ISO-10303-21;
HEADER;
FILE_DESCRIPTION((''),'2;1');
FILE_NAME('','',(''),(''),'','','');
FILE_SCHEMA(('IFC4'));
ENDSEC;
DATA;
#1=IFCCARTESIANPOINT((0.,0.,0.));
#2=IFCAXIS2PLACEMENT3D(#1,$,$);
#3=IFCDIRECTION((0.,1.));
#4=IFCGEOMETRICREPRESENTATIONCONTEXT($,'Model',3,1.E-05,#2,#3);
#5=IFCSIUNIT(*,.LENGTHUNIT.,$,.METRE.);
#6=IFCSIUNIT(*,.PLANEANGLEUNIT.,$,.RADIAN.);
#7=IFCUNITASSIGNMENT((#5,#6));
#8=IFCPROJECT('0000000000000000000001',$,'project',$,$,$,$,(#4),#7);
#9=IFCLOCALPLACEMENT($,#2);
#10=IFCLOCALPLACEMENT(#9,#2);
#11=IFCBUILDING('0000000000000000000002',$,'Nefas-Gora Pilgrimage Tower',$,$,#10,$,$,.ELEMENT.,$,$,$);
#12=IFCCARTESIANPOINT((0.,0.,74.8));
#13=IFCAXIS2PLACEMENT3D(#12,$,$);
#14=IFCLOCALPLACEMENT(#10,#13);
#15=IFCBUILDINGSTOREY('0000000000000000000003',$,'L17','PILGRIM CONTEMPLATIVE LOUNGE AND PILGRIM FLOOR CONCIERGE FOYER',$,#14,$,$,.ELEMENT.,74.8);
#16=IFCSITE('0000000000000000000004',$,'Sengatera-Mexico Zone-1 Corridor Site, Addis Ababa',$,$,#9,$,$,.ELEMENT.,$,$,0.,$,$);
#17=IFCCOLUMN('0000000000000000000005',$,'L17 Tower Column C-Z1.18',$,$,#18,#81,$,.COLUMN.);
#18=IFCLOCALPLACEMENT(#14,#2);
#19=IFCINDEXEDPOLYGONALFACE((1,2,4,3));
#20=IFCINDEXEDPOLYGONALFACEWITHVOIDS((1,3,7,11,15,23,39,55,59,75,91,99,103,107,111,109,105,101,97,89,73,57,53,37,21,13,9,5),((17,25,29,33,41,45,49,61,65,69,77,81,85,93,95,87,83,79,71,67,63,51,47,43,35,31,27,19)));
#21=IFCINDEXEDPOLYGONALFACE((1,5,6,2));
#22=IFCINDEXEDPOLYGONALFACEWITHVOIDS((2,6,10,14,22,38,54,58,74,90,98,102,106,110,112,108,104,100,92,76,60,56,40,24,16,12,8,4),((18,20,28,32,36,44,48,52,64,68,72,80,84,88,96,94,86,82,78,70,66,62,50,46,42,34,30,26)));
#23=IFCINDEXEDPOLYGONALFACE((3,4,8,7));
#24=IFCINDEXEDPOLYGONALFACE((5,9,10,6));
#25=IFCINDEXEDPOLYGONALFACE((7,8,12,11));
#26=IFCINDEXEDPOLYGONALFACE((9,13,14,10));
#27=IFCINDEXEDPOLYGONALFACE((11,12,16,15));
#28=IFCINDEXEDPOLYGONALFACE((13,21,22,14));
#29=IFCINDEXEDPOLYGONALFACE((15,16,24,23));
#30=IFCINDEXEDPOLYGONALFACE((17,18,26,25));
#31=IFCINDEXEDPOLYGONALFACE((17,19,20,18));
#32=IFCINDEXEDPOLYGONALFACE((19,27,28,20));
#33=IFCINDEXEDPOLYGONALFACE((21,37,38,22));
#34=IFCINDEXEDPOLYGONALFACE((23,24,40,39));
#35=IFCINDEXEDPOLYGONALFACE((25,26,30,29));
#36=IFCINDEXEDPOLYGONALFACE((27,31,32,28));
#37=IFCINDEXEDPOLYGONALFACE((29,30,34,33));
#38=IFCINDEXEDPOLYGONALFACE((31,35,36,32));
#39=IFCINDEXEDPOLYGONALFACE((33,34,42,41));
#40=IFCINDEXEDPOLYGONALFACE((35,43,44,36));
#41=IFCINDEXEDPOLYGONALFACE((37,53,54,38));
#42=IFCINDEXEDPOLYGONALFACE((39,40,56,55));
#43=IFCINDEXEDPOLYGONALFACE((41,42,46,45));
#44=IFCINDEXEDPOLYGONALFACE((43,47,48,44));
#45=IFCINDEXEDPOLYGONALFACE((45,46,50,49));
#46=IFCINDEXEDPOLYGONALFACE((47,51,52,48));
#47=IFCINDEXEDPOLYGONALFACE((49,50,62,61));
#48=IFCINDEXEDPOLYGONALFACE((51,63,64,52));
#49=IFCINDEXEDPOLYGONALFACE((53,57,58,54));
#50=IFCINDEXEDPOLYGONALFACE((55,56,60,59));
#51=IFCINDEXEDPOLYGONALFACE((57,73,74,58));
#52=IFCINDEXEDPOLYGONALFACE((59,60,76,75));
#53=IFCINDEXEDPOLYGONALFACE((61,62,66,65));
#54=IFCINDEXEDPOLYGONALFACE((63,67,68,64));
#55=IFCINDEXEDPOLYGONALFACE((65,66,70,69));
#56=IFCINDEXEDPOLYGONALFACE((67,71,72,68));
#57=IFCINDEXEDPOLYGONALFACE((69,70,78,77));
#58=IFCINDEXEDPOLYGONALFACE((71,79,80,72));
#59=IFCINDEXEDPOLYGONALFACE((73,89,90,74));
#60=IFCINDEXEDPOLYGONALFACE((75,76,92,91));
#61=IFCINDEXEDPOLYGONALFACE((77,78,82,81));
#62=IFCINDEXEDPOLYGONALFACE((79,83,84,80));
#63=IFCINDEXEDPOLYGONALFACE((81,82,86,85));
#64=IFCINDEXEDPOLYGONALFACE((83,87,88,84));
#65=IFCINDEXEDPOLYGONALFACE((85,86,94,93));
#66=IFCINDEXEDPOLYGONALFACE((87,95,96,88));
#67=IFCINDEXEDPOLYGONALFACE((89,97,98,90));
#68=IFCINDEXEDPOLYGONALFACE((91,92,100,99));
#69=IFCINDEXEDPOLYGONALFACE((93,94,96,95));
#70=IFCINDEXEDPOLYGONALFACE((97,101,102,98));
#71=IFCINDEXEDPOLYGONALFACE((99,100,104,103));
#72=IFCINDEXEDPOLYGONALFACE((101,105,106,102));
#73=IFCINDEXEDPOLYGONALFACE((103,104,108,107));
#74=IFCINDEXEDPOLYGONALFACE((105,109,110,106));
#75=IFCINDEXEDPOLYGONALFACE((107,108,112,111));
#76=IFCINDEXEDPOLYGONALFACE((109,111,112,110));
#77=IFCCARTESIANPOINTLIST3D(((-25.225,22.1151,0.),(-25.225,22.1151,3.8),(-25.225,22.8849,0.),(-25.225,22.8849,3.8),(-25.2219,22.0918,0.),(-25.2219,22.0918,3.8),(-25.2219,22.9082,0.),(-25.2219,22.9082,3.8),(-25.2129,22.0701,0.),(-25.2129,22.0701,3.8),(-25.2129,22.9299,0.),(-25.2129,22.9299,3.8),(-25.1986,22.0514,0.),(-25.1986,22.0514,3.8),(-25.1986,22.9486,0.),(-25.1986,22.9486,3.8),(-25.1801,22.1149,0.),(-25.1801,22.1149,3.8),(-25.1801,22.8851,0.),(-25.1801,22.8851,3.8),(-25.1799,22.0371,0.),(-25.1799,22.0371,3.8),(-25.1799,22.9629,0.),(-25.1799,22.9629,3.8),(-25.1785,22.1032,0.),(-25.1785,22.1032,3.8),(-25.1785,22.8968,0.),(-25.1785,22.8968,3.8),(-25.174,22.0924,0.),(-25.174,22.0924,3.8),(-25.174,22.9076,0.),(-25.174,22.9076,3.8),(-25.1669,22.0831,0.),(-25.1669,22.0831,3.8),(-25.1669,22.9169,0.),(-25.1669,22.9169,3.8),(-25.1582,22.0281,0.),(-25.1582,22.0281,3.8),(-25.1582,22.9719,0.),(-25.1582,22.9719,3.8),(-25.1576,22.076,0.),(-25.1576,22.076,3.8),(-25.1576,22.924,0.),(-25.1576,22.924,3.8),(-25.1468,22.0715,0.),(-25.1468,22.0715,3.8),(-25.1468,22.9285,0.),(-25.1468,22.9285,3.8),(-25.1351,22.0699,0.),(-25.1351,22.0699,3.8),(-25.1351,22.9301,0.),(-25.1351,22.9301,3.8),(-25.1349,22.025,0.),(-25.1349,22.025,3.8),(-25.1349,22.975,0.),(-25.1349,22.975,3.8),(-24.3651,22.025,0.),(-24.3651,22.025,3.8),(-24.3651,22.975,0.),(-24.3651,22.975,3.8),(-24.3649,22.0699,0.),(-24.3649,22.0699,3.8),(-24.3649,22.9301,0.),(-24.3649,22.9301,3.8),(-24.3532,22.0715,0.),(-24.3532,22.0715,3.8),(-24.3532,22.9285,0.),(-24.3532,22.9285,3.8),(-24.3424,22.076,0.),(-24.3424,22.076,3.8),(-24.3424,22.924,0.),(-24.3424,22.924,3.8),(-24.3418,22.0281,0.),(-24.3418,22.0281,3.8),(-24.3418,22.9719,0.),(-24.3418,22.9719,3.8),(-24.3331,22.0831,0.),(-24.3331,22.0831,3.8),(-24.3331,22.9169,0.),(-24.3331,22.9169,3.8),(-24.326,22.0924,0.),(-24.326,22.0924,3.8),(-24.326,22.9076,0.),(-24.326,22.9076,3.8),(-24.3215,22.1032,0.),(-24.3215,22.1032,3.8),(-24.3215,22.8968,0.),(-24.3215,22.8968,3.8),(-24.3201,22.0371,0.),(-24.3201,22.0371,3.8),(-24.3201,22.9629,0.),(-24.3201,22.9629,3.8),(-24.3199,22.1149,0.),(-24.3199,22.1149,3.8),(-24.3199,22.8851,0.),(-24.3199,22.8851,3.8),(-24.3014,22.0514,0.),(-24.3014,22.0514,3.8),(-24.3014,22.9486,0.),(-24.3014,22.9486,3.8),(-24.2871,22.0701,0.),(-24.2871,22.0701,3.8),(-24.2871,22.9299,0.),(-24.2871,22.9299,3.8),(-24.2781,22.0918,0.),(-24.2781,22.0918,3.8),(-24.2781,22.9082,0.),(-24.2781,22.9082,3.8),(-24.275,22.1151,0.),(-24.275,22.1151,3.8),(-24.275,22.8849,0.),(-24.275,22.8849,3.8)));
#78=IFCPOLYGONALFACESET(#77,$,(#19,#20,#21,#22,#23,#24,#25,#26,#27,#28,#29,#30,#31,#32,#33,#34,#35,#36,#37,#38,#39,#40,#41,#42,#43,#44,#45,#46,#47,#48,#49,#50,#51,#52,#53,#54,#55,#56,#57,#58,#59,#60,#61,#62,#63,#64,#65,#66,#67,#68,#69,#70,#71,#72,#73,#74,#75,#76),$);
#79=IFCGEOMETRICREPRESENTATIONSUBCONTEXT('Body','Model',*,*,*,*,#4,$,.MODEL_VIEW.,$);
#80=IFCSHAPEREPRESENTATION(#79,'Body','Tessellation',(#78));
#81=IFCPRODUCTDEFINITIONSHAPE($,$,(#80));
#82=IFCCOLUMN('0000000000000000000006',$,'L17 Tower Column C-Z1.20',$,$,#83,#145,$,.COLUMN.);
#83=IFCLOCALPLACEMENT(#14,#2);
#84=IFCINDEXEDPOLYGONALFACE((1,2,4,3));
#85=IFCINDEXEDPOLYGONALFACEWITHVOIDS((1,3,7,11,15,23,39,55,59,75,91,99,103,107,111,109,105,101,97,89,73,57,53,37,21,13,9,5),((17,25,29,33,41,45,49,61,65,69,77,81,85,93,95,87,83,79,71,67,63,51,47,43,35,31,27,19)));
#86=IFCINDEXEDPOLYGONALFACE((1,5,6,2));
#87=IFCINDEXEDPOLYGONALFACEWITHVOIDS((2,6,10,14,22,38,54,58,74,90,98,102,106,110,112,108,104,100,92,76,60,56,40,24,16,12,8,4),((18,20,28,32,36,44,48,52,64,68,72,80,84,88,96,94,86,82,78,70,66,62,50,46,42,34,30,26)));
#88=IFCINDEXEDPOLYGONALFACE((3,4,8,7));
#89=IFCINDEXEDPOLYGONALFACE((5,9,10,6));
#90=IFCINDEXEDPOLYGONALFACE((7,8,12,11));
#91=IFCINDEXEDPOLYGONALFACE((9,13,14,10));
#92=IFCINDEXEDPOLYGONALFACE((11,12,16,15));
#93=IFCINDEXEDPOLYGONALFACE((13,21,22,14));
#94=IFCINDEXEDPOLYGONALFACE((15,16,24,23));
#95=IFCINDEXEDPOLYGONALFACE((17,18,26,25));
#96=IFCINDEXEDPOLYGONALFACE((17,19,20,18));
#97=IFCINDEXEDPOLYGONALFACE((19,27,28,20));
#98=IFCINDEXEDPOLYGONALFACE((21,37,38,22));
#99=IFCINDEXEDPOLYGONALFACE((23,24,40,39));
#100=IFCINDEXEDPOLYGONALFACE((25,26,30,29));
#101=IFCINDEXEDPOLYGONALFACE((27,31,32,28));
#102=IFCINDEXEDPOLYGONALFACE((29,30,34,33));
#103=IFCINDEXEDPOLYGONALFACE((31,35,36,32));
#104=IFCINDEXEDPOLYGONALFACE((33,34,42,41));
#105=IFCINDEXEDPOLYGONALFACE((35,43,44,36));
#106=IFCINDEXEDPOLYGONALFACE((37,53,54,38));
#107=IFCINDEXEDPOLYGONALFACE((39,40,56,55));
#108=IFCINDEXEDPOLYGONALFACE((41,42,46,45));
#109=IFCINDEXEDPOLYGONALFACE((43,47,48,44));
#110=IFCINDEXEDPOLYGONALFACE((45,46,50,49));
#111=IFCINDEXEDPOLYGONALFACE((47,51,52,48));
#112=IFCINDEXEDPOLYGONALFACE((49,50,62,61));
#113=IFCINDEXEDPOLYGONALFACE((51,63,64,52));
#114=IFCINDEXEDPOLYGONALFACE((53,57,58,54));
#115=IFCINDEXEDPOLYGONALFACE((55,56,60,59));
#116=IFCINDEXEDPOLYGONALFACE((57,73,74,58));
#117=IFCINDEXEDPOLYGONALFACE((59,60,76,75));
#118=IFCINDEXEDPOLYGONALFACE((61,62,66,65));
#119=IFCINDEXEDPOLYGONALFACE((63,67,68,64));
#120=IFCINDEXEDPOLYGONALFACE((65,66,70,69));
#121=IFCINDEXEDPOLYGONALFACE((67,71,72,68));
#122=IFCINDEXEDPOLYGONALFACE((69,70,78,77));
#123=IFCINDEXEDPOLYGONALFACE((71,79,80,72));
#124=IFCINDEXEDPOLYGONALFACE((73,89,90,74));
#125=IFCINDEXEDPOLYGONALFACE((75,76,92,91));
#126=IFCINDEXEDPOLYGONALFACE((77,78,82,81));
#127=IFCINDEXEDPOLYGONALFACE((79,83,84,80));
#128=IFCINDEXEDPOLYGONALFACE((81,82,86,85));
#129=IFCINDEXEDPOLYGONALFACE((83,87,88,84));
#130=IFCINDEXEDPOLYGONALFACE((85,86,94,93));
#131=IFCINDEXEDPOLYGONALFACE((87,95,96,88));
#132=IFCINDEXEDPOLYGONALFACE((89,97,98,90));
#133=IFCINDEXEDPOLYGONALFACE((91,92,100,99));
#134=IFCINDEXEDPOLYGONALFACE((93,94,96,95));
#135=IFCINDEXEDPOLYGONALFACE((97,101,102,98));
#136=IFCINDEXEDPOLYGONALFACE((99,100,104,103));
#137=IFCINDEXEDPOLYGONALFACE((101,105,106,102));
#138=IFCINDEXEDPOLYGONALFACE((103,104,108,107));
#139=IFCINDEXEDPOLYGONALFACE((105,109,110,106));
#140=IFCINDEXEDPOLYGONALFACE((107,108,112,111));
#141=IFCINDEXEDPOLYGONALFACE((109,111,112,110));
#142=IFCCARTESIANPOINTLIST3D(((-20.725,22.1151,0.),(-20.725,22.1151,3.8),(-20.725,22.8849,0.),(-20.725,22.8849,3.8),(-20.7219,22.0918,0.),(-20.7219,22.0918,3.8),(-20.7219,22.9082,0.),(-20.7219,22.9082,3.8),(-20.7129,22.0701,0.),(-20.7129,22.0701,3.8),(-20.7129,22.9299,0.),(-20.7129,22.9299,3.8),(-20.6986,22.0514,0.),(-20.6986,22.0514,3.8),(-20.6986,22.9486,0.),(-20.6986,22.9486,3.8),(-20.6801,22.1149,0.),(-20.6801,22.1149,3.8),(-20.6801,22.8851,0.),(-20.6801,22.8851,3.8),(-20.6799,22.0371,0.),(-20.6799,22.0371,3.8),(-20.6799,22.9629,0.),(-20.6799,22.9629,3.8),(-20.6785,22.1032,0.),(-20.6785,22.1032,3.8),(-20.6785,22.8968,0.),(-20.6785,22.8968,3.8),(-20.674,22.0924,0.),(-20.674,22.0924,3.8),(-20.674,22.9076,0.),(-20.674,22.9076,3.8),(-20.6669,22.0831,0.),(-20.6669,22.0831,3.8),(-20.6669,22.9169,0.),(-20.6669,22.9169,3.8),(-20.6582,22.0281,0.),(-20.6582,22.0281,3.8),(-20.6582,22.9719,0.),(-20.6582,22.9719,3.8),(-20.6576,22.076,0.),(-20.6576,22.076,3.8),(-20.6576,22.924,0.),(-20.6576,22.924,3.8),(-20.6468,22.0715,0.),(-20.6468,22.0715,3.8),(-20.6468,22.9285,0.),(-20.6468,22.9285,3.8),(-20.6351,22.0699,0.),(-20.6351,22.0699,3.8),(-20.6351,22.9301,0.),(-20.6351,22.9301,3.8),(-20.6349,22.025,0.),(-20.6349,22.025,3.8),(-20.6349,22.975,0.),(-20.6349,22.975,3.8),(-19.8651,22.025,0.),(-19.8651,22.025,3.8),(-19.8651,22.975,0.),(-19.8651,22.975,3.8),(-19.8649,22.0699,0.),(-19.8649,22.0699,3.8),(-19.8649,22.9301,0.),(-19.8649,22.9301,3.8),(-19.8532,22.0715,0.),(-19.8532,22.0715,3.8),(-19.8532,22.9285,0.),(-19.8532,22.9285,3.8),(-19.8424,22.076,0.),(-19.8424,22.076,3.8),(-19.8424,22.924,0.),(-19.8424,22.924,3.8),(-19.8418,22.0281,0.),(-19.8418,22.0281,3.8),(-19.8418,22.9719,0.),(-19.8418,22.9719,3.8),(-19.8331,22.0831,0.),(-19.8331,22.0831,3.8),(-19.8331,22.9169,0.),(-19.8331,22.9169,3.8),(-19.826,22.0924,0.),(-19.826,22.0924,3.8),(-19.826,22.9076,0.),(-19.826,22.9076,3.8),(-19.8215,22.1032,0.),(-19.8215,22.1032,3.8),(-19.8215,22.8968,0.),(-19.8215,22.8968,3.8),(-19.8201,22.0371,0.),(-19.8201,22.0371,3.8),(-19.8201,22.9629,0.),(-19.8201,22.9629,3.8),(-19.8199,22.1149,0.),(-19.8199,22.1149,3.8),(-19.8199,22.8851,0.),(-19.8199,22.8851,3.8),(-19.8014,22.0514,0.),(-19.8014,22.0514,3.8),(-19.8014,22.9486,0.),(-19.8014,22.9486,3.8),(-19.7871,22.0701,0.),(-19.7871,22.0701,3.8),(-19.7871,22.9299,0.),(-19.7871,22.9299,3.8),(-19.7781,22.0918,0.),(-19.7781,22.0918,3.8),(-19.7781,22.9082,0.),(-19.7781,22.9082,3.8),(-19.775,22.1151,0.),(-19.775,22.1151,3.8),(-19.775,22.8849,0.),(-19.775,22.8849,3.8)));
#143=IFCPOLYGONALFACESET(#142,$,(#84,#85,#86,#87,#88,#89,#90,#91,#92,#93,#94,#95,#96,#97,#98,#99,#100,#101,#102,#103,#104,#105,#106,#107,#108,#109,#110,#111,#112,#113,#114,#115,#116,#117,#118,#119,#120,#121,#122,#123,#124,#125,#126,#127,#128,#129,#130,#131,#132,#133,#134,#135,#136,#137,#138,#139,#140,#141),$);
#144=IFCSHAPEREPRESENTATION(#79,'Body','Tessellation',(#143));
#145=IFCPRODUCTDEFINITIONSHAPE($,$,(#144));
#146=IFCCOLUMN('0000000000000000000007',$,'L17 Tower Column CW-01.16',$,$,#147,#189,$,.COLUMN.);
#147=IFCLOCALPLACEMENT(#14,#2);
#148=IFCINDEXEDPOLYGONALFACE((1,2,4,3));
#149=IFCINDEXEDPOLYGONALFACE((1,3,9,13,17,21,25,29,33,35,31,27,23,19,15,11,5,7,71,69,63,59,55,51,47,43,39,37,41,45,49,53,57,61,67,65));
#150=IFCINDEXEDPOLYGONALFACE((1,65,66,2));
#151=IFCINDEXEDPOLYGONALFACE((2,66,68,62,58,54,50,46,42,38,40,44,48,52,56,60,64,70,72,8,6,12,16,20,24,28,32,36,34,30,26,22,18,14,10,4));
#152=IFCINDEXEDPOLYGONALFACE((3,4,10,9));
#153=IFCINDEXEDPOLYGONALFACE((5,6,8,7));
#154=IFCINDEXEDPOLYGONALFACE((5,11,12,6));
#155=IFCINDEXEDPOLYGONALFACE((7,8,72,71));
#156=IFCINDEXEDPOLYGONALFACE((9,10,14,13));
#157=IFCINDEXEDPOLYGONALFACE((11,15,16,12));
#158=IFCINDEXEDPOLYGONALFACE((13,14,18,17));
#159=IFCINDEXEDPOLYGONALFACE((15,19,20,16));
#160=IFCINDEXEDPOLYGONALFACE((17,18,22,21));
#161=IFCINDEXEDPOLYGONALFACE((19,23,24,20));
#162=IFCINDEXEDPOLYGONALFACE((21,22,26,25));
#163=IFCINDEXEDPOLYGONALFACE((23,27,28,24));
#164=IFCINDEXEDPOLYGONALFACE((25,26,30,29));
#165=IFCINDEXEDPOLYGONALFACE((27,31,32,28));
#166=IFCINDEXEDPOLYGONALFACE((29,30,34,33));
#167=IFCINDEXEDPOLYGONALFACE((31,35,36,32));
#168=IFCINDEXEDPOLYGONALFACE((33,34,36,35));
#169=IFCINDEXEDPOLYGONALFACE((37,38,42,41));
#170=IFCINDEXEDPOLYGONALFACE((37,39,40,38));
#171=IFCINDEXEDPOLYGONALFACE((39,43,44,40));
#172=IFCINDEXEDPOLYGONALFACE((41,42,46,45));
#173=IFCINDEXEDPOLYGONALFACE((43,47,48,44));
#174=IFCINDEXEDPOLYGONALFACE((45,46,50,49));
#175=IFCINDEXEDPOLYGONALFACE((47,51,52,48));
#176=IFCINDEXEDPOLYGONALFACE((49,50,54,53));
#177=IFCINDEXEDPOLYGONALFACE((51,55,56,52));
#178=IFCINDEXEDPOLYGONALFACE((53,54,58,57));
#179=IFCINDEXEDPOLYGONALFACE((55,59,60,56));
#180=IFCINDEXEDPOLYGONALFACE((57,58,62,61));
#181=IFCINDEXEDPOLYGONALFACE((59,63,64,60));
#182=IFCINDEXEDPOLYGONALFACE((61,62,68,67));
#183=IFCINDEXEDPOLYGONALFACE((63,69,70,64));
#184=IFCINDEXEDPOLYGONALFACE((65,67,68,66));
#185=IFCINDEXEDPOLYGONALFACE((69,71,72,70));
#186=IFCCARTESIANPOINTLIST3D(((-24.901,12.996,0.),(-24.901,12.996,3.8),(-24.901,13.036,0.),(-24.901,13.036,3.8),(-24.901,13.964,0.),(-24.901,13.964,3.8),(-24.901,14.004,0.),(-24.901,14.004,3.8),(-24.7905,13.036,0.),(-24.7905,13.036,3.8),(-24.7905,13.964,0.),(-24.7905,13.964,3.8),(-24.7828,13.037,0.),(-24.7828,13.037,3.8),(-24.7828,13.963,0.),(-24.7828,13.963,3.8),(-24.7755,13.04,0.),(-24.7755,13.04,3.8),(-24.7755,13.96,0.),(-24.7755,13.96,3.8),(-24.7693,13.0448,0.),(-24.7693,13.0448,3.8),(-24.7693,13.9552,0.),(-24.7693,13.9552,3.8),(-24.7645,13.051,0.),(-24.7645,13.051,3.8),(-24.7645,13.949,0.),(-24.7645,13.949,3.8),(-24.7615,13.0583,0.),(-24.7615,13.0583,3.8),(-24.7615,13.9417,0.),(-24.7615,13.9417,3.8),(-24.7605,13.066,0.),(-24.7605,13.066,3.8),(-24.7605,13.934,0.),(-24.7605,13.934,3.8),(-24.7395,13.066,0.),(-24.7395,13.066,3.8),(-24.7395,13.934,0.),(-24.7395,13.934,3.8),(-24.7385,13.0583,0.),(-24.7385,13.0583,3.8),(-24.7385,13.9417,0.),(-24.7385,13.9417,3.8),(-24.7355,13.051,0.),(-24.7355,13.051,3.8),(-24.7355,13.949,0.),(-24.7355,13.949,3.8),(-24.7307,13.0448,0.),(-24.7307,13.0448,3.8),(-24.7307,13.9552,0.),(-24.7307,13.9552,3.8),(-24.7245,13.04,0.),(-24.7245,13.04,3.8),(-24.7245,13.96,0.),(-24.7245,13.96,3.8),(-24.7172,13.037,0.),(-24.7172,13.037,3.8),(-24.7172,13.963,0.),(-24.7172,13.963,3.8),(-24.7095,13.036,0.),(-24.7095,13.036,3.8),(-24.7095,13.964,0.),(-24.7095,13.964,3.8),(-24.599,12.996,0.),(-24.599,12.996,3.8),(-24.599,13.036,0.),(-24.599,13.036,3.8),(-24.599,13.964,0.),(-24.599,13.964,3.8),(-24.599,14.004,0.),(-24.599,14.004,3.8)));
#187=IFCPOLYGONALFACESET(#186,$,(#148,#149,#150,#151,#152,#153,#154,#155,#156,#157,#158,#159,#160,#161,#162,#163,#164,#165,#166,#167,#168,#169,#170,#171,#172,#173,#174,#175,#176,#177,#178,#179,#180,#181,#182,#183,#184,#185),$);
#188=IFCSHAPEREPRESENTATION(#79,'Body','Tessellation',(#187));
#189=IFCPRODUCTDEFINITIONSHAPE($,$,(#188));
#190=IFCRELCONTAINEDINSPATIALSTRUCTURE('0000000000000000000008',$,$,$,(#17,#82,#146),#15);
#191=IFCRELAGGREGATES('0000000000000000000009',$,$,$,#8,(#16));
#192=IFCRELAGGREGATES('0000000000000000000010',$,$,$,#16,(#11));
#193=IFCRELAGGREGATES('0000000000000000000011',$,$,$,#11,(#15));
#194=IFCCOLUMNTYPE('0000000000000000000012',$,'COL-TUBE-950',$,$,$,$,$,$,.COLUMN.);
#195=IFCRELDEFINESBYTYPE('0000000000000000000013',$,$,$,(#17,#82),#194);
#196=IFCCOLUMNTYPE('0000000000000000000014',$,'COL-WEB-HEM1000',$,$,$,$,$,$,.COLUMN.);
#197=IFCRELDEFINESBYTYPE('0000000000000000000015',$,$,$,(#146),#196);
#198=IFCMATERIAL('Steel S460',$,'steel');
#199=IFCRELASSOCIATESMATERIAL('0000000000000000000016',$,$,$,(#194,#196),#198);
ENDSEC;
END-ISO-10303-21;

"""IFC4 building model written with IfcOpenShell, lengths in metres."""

from ifc_helpers import new_model, si_unit, direction, frame, origin, origin_2d, place, context, subcontext, project, spatial, hollow_rectangle, i_section, extrude, source, transform, mapped, material, material_profile, profile_set, type_object, element, save


model = new_model("IFC4")

# Units and contexts
model_context = context("Model", 3, precision=1e-05, world=origin(), true_north=direction((0.0, 1.0)))
body_context = subcontext(model_context, "Body", "Model", "MODEL_VIEW")
ifc_project = project(units=[si_unit("LENGTHUNIT", "METRE"), si_unit("PLANEANGLEUNIT", "RADIAN")], contexts=[model_context])

# Site, building, storey
site_placement = place(None, origin())
site = spatial("IfcSite", under=ifc_project, at=site_placement, Name="Sengatera-Mexico Zone-1 Corridor Site, Addis Ababa", CompositionType="ELEMENT", RefElevation=0.0)
building_placement = place(site_placement, origin())
building = spatial("IfcBuilding", under=site, at=building_placement, Name="Nefas-Gora Pilgrimage Tower", CompositionType="ELEMENT")
storey_placement = place(building_placement, frame((0.0, 0.0, 74.8)))
storey = spatial("IfcBuildingStorey", under=building, at=storey_placement, Name="L17", Description="PILGRIM CONTEMPLATIVE LOUNGE AND PILGRIM FLOOR CONCIERGE FOYER", CompositionType="ELEMENT", Elevation=74.8)

# Columns
ifc_material_1 = material(Name="Steel S460", Category="steel")
ifc_material_profile_1 = material_profile(ifc_material_1, hollow_rectangle(XDim=0.95, YDim=0.95, WallThickness=0.0449, InnerFilletRadius=0.0449, OuterFilletRadius=0.0901, at=origin_2d()), Name="BOX 950x950x45")
ifc_profile_set_1 = profile_set([ifc_material_profile_1], Name="Steel S460")
column_type_1 = type_object("IfcColumnType", Name="COL-TUBE-950", PredefinedType="COLUMN", material=ifc_profile_set_1)
shared_shape_1 = source(origin(), body_context, "Body", "SweptSolid", [
    extrude(hollow_rectangle(XDim=0.95, YDim=0.95, WallThickness=0.0449, InnerFilletRadius=0.0449, OuterFilletRadius=0.0901, at=origin_2d()), origin(), (0.0, 0.0, 1.0), 3.8),
])
for number, where, z_axis, x_axis, name in (
    (1, (-24.75, 22.5, 0.0), (0.0, 0.0, 1.0), (1.0, 0.0, 0.0), "L17 Tower Column C-Z1.18"),
    (2, (-20.25, 22.5, 0.0), (0.0, 0.0, 1.0), (1.0, 0.0, 0.0), "L17 Tower Column C-Z1.20"),
):
    element("IfcColumn", number, at=place(storey_placement, frame(where, z_axis=z_axis, x_axis=x_axis)), inside=storey, type_object=column_type_1, Name=name, PredefinedType="COLUMN", context=body_context, shape_type="MappedRepresentation", body=[
        mapped(shared_shape_1, transform((0.0, 0.0, 0.0), x_axis=(1.0, 0.0, 0.0), y_axis=(0.0, 1.0, 0.0), z_axis=(0.0, 0.0, 1.0), scale=1.0)),
    ])
ifc_material_profile_2 = material_profile(ifc_material_1, i_section(OverallWidth=0.302, OverallDepth=1.0081, WebThickness=0.021, FlangeThickness=0.04, FilletRadius=0.03, at=origin_2d()), Name="HEM 1000")
ifc_profile_set_2 = profile_set([ifc_material_profile_2], Name="Steel S460")
column_type_2 = type_object("IfcColumnType", Name="COL-WEB-HEM1000", PredefinedType="COLUMN", material=ifc_profile_set_2)
shared_shape_2 = source(origin(), body_context, "Body", "SweptSolid", [
    extrude(i_section(OverallWidth=0.302, OverallDepth=1.0081, WebThickness=0.021, FlangeThickness=0.04, FilletRadius=0.03, at=origin_2d()), origin(), (0.0, 0.0, 1.0), 3.8),
])
for number, where, z_axis, x_axis, name in (
    (3, (-24.75, 13.5, 0.0), (0.0, 0.0, 1.0), (1.0, 0.0, 0.0), "L17 Tower Column CW-01.16"),
):
    element("IfcColumn", number, at=place(storey_placement, frame(where, z_axis=z_axis, x_axis=x_axis)), inside=storey, type_object=column_type_2, Name=name, PredefinedType="COLUMN", context=body_context, shape_type="MappedRepresentation", body=[
        mapped(shared_shape_2, transform((0.0, 0.0, 0.0), x_axis=(1.0, 0.0, 0.0), y_axis=(0.0, 1.0, 0.0), z_axis=(0.0, 0.0, 1.0), scale=1.0)),
    ])

save(model, "model.ifc")
